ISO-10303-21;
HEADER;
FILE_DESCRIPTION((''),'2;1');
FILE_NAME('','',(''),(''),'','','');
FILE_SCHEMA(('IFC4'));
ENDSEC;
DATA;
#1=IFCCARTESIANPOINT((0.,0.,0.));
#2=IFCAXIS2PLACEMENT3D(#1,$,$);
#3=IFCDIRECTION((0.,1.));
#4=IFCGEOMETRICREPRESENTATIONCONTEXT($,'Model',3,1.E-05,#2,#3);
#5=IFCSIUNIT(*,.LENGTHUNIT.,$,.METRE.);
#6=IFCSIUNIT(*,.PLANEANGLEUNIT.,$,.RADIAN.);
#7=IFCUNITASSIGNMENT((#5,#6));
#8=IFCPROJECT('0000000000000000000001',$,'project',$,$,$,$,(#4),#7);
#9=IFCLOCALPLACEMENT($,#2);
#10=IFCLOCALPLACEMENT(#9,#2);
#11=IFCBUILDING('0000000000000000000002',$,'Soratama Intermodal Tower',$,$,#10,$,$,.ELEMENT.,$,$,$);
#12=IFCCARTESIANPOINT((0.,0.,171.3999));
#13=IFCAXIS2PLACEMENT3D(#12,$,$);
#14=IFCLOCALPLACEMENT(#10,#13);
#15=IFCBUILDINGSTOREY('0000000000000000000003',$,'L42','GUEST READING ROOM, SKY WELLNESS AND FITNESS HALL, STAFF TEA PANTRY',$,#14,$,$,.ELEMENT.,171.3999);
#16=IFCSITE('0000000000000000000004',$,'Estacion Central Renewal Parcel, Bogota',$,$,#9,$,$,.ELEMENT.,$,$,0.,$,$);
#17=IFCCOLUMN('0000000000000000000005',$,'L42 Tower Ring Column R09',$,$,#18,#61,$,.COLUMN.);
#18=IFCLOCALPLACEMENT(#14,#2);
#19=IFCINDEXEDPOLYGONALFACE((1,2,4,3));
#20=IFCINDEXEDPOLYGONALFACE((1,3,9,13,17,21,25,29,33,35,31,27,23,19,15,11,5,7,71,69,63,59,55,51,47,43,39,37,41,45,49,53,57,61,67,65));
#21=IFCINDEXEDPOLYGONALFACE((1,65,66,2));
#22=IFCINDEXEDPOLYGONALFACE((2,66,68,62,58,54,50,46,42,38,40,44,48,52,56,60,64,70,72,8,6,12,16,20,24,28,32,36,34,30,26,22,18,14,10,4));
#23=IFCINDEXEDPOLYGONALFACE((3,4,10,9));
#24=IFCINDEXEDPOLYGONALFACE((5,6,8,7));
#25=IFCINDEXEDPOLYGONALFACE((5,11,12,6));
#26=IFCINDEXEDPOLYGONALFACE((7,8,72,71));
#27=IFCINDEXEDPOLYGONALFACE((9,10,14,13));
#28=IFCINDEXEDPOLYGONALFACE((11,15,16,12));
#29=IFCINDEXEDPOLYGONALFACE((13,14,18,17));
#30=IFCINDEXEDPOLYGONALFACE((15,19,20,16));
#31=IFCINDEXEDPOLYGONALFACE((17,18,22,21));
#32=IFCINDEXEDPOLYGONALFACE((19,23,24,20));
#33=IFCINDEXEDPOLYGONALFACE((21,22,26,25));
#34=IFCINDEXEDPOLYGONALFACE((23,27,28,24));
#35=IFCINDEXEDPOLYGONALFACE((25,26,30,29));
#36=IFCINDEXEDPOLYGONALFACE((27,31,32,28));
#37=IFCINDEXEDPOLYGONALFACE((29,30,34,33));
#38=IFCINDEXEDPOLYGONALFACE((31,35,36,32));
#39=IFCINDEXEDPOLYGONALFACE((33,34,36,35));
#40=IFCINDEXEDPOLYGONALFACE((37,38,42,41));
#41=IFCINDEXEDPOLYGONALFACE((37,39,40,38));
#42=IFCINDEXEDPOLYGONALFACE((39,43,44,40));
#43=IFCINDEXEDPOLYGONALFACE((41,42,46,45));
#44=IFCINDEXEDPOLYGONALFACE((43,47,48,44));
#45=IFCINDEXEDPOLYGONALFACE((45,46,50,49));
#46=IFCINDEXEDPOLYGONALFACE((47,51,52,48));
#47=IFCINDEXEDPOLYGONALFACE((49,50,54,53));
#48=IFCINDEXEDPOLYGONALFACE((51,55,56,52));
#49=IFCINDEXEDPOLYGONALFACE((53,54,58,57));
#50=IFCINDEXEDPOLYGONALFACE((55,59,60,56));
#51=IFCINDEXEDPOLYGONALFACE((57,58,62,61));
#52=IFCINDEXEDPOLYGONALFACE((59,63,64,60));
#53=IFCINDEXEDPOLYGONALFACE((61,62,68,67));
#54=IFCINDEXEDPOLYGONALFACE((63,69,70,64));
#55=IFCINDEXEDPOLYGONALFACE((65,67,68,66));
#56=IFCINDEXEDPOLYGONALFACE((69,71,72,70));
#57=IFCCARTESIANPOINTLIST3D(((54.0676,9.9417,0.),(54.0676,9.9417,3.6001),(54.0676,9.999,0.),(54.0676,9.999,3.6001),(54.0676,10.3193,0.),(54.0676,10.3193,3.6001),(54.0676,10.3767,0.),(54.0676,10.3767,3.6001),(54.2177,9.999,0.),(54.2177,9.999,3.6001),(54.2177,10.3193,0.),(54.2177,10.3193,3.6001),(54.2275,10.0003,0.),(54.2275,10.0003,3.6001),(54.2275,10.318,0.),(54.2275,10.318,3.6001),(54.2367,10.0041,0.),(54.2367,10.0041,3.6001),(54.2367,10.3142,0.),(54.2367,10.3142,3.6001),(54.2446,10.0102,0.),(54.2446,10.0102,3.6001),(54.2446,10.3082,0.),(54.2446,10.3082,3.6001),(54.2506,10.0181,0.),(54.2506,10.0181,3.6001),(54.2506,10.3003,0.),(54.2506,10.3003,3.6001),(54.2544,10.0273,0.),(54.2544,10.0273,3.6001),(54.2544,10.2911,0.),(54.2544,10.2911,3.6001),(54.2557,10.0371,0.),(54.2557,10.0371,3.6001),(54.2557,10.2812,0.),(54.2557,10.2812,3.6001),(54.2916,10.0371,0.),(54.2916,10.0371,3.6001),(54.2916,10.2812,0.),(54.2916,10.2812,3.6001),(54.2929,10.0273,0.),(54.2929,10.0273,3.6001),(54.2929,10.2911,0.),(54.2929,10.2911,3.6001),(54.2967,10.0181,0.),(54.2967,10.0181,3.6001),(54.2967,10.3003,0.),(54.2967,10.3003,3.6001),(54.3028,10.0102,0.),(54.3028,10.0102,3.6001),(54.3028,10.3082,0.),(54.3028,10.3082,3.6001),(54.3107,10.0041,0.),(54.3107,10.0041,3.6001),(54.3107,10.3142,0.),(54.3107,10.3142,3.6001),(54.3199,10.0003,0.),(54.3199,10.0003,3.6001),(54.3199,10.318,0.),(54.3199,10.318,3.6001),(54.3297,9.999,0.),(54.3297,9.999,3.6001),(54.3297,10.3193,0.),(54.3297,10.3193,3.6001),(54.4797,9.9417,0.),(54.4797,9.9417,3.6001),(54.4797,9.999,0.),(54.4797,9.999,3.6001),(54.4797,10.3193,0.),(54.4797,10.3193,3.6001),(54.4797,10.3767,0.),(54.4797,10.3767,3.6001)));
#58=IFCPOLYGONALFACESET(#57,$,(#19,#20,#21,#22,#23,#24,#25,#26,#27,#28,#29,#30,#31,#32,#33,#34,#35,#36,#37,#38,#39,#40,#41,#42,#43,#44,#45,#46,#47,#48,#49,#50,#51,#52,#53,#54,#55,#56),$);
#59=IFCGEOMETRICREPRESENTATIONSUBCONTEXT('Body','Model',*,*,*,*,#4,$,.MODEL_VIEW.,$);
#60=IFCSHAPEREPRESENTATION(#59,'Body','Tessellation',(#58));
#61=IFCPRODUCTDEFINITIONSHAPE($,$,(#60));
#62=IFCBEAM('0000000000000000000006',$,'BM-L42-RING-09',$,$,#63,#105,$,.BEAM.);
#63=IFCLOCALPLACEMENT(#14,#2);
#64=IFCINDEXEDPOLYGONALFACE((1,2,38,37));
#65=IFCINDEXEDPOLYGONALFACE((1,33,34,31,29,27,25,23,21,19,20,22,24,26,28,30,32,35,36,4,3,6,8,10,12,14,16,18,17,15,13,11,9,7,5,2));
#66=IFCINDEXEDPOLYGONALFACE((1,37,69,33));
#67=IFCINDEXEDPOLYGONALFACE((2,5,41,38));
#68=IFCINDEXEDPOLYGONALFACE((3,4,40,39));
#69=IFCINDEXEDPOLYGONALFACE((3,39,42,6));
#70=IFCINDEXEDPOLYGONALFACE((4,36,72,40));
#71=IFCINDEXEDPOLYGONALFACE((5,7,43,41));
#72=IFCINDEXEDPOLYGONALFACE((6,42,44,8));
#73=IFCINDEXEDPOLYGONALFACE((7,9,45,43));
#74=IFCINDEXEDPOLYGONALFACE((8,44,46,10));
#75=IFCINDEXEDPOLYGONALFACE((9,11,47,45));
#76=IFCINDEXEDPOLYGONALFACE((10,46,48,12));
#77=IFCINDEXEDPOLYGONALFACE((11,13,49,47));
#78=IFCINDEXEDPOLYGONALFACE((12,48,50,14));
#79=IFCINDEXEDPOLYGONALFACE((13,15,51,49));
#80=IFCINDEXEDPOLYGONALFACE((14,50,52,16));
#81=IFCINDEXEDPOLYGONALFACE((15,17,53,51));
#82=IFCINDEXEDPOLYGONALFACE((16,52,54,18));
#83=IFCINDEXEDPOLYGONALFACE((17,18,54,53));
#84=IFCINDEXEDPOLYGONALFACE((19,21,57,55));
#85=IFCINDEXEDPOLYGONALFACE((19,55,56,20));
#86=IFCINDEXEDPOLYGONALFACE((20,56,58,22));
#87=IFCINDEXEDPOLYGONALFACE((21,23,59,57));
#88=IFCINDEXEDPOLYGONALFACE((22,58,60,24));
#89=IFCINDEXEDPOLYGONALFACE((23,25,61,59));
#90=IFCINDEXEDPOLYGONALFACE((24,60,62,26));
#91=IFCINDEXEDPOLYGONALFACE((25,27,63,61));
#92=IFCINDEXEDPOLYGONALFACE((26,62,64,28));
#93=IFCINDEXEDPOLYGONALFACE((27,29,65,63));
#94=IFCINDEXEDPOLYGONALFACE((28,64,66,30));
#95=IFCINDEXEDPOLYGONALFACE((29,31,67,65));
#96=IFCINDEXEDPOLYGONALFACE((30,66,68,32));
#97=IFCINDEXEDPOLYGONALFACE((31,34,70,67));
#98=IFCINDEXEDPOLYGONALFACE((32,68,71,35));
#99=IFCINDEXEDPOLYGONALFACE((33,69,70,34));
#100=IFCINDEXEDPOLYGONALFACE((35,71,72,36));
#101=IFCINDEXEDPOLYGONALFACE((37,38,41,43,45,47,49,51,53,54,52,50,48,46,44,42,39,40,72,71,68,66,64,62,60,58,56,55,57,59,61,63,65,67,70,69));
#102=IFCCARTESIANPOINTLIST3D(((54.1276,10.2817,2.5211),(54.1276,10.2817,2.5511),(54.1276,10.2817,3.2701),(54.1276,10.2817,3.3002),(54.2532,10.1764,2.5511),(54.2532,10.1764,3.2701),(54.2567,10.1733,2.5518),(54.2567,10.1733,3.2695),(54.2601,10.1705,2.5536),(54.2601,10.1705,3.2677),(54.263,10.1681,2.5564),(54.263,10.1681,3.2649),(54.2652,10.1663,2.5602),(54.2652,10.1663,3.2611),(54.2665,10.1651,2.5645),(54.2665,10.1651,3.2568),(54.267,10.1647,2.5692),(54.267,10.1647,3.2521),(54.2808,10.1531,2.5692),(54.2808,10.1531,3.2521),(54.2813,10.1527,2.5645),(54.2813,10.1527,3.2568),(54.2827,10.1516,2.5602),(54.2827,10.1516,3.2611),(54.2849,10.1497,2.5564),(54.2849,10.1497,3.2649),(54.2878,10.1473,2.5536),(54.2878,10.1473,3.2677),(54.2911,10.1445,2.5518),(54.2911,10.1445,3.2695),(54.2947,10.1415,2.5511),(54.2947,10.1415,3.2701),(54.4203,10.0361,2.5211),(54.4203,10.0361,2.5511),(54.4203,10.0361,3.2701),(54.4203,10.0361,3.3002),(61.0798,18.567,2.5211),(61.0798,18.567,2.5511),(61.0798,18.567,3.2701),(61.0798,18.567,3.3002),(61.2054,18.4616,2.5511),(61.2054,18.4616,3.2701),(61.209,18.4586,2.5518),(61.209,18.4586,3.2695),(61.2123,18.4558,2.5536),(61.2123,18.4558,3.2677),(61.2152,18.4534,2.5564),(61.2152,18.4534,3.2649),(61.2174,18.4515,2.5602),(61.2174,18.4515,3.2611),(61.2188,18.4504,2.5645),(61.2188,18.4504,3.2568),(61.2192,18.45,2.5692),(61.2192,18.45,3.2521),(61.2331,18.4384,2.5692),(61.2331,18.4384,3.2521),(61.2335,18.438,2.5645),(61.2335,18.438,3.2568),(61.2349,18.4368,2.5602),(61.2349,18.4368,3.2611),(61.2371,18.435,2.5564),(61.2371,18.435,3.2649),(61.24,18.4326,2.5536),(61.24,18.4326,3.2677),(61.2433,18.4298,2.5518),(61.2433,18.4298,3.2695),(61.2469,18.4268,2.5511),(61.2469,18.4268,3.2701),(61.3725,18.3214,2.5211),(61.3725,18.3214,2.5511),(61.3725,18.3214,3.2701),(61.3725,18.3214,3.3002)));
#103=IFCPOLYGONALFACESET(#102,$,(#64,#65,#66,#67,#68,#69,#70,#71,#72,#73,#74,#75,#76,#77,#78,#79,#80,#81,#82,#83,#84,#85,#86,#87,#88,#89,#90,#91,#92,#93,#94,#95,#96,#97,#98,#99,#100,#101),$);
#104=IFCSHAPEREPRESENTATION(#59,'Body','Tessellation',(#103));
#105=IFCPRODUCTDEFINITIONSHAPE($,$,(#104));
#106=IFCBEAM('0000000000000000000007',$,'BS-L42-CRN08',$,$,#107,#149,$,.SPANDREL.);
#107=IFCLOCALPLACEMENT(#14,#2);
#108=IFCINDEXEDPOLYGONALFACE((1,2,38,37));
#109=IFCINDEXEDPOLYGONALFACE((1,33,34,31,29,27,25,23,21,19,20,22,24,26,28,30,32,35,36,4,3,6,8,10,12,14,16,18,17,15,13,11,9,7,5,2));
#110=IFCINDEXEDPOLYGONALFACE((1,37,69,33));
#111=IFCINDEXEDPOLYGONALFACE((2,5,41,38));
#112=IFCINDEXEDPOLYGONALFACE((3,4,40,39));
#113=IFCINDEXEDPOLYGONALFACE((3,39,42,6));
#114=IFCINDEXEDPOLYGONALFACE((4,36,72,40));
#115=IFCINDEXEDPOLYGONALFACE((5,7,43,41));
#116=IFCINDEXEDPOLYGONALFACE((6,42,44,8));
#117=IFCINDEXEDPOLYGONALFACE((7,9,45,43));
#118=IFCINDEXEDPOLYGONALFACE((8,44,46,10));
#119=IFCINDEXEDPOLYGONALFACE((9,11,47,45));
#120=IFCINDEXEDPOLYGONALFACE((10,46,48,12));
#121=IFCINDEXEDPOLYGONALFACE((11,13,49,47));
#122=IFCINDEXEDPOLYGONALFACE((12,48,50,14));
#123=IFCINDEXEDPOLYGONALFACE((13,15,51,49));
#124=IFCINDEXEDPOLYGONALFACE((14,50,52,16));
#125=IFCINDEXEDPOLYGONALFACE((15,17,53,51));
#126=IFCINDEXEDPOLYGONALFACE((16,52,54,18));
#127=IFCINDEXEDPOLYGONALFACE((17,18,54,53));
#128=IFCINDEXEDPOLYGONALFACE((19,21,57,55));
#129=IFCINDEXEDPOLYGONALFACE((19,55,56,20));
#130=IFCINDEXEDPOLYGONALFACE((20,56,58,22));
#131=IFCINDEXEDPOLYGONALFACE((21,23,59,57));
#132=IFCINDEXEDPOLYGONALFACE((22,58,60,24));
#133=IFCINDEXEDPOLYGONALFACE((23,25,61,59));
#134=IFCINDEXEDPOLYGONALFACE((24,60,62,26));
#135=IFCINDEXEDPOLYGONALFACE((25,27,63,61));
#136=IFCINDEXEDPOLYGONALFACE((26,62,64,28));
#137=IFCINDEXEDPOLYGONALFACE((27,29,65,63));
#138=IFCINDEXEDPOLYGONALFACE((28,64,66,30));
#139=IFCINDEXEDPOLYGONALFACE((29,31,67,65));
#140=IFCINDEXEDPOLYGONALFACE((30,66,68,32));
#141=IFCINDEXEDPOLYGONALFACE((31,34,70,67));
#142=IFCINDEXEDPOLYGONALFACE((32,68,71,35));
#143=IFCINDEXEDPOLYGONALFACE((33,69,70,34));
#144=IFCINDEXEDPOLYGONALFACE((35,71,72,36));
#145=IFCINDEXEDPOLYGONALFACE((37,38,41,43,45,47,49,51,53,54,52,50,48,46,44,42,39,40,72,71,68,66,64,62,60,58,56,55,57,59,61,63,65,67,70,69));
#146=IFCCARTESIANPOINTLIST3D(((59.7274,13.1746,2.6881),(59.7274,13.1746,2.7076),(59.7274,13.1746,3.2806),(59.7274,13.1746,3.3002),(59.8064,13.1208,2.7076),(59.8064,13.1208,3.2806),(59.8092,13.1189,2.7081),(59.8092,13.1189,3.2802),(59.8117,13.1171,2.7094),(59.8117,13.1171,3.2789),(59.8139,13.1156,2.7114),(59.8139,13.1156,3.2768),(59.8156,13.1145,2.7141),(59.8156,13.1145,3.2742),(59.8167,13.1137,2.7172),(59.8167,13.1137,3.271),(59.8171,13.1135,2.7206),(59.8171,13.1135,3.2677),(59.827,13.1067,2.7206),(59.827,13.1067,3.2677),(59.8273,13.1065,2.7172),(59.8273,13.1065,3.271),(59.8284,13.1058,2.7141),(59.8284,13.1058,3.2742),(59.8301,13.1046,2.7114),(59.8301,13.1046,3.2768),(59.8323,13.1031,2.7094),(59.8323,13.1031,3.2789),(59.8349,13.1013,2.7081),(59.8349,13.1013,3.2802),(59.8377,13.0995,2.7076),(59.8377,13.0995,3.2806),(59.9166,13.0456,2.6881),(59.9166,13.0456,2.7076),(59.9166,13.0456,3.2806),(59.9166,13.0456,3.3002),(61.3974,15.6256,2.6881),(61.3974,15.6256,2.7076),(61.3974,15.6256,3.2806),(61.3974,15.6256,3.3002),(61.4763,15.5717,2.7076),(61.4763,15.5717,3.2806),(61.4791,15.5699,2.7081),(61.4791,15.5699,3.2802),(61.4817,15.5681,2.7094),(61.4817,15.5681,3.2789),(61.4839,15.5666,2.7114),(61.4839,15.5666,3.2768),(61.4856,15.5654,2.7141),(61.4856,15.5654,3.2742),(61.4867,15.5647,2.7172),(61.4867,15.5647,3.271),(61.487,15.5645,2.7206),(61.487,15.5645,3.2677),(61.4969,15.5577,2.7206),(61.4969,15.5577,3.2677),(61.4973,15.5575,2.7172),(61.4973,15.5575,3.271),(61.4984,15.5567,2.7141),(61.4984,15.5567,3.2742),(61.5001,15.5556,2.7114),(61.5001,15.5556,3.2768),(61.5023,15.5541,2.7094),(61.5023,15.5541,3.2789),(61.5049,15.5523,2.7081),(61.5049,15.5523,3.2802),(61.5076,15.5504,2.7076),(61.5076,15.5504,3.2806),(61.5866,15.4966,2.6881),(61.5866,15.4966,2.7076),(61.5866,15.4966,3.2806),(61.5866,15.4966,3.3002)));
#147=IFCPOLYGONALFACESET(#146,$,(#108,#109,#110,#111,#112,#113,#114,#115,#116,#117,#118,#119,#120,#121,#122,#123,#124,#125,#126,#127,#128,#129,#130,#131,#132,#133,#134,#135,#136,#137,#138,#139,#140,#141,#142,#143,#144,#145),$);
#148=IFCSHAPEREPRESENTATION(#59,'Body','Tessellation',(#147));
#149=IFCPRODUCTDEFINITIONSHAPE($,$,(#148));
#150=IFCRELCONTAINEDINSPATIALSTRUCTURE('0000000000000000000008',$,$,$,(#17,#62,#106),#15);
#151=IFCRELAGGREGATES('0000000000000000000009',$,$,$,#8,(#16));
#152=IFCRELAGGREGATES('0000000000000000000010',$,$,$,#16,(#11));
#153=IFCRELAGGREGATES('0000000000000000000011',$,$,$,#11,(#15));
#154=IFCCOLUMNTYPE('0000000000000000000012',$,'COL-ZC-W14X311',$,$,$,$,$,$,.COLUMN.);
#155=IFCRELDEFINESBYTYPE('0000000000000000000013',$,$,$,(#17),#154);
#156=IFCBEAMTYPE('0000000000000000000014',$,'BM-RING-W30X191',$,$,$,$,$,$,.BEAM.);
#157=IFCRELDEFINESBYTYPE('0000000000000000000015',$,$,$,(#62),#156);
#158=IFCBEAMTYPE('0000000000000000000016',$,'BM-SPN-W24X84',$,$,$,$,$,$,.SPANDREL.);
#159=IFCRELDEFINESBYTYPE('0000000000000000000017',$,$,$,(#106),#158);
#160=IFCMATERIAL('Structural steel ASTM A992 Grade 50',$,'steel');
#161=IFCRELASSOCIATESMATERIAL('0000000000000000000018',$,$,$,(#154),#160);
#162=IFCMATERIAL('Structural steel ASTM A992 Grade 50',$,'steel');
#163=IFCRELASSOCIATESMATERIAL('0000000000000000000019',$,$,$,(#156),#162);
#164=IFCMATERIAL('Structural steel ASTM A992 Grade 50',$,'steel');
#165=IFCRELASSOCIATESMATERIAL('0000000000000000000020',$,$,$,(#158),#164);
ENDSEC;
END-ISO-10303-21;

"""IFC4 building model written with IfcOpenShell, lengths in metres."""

from ifc_helpers import new_model, si_unit, direction, frame, origin, origin_2d, place, context, subcontext, project, spatial, i_section, extrude, material, material_profile, profile_set, type_object, element, save


model = new_model("IFC4")

# Units and contexts
model_context = context("Model", 3, precision=1e-05, world=origin(), true_north=direction((0.0, 1.0)))
body_context = subcontext(model_context, "Body", "Model", "MODEL_VIEW")
ifc_project = project(units=[si_unit("LENGTHUNIT", "METRE"), si_unit("PLANEANGLEUNIT", "RADIAN")], contexts=[model_context])

# Site, building, storey
site_placement = place(None, origin())
site = spatial("IfcSite", under=ifc_project, at=site_placement, Name="Estacion Central Renewal Parcel, Bogota", CompositionType="ELEMENT", RefElevation=0.0)
building_placement = place(site_placement, origin())
building = spatial("IfcBuilding", under=site, at=building_placement, Name="Soratama Intermodal Tower", CompositionType="ELEMENT")
storey_placement = place(building_placement, frame((0.0, 0.0, 171.3999)))
storey = spatial("IfcBuildingStorey", under=building, at=storey_placement, Name="L42", Description="GUEST READING ROOM, SKY WELLNESS AND FITNESS HALL, STAFF TEA PANTRY", CompositionType="ELEMENT", Elevation=171.3999)

# Column
ifc_material_1 = material(Name="Structural steel ASTM A992 Grade 50", Category="steel")
ifc_material_profile_1 = material_profile(ifc_material_1, i_section(OverallWidth=0.4121, OverallDepth=0.4351, WebThickness=0.0359, FlangeThickness=0.0574, FilletRadius=0.0381, at=origin_2d()), Name="W14X311")
ifc_profile_set_1 = profile_set([ifc_material_profile_1], Name="Structural steel ASTM A992 Grade 50")
column_type = type_object("IfcColumnType", Name="COL-ZC-W14X311", PredefinedType="COLUMN", material=ifc_profile_set_1)
column_placement = place(storey_placement, frame((54.2737, 10.1592, 0.0), z_axis=(0.0, 0.0, 1.0), x_axis=(1.0, 0.0, 0.0)))
element("IfcColumn", 1, at=column_placement, inside=storey, type_object=column_type, Name="L42 Tower Ring Column R09", PredefinedType="COLUMN", context=body_context, shape_type="SweptSolid", body=[
    extrude(i_section(OverallWidth=0.4121, OverallDepth=0.4351, WebThickness=0.0359, FlangeThickness=0.0574, FilletRadius=0.0381, at=origin_2d()), origin(), (0.0, 0.0, 1.0), 3.6001),
])

# Beams
ifc_material_2 = material(Name="Structural steel ASTM A992 Grade 50", Category="steel")
ifc_material_profile_2 = material_profile(ifc_material_2, i_section(OverallWidth=0.3821, OverallDepth=0.7791, WebThickness=0.0181, FlangeThickness=0.03, FilletRadius=0.0181, at=origin_2d()), Name="W30X191")
ifc_profile_set_2 = profile_set([ifc_material_profile_2], Name="Structural steel ASTM A992 Grade 50")
beam_type_1 = type_object("IfcBeamType", Name="BM-RING-W30X191", PredefinedType="BEAM", material=ifc_profile_set_2)
beam_1_placement = place(storey_placement, frame((54.2739, 10.1589, 2.9106), z_axis=(0.642792, 0.766041, 0.0), x_axis=(-0.766041, 0.642792, 0.0)))
element("IfcBeam", 2, at=beam_1_placement, inside=storey, type_object=beam_type_1, Name="BM-L42-RING-09", PredefinedType="BEAM", context=body_context, shape_type="SweptSolid", body=[
    extrude(i_section(OverallWidth=0.3821, OverallDepth=0.7791, WebThickness=0.0181, FlangeThickness=0.03, FilletRadius=0.0181, at=origin_2d()), origin(), (0.0, 0.0, 1.0), 10.8157),
])
ifc_material_3 = material(Name="Structural steel ASTM A992 Grade 50", Category="steel")
ifc_material_profile_3 = material_profile(ifc_material_3, i_section(OverallWidth=0.229, OverallDepth=0.6121, WebThickness=0.012, FlangeThickness=0.0195, FilletRadius=0.0129, at=origin_2d()), Name="W24X84")
ifc_profile_set_3 = profile_set([ifc_material_profile_3], Name="Structural steel ASTM A992 Grade 50")
beam_type_2 = type_object("IfcBeamType", Name="BM-SPN-W24X84", PredefinedType="SPANDREL", material=ifc_profile_set_3)
beam_2_placement = place(storey_placement, frame((59.822, 13.1101, 2.9941), z_axis=(0.563069, 0.82641, 0.0), x_axis=(-0.82641, 0.563069, 0.0)))
element("IfcBeam", 3, at=beam_2_placement, inside=storey, type_object=beam_type_2, Name="BS-L42-CRN08", PredefinedType="SPANDREL", context=body_context, shape_type="SweptSolid", body=[
    extrude(i_section(OverallWidth=0.229, OverallDepth=0.6121, WebThickness=0.012, FlangeThickness=0.0195, FilletRadius=0.0129, at=origin_2d()), origin(), (0.0, 0.0, 1.0), 2.9658),
])

save(model, "model.ifc")
